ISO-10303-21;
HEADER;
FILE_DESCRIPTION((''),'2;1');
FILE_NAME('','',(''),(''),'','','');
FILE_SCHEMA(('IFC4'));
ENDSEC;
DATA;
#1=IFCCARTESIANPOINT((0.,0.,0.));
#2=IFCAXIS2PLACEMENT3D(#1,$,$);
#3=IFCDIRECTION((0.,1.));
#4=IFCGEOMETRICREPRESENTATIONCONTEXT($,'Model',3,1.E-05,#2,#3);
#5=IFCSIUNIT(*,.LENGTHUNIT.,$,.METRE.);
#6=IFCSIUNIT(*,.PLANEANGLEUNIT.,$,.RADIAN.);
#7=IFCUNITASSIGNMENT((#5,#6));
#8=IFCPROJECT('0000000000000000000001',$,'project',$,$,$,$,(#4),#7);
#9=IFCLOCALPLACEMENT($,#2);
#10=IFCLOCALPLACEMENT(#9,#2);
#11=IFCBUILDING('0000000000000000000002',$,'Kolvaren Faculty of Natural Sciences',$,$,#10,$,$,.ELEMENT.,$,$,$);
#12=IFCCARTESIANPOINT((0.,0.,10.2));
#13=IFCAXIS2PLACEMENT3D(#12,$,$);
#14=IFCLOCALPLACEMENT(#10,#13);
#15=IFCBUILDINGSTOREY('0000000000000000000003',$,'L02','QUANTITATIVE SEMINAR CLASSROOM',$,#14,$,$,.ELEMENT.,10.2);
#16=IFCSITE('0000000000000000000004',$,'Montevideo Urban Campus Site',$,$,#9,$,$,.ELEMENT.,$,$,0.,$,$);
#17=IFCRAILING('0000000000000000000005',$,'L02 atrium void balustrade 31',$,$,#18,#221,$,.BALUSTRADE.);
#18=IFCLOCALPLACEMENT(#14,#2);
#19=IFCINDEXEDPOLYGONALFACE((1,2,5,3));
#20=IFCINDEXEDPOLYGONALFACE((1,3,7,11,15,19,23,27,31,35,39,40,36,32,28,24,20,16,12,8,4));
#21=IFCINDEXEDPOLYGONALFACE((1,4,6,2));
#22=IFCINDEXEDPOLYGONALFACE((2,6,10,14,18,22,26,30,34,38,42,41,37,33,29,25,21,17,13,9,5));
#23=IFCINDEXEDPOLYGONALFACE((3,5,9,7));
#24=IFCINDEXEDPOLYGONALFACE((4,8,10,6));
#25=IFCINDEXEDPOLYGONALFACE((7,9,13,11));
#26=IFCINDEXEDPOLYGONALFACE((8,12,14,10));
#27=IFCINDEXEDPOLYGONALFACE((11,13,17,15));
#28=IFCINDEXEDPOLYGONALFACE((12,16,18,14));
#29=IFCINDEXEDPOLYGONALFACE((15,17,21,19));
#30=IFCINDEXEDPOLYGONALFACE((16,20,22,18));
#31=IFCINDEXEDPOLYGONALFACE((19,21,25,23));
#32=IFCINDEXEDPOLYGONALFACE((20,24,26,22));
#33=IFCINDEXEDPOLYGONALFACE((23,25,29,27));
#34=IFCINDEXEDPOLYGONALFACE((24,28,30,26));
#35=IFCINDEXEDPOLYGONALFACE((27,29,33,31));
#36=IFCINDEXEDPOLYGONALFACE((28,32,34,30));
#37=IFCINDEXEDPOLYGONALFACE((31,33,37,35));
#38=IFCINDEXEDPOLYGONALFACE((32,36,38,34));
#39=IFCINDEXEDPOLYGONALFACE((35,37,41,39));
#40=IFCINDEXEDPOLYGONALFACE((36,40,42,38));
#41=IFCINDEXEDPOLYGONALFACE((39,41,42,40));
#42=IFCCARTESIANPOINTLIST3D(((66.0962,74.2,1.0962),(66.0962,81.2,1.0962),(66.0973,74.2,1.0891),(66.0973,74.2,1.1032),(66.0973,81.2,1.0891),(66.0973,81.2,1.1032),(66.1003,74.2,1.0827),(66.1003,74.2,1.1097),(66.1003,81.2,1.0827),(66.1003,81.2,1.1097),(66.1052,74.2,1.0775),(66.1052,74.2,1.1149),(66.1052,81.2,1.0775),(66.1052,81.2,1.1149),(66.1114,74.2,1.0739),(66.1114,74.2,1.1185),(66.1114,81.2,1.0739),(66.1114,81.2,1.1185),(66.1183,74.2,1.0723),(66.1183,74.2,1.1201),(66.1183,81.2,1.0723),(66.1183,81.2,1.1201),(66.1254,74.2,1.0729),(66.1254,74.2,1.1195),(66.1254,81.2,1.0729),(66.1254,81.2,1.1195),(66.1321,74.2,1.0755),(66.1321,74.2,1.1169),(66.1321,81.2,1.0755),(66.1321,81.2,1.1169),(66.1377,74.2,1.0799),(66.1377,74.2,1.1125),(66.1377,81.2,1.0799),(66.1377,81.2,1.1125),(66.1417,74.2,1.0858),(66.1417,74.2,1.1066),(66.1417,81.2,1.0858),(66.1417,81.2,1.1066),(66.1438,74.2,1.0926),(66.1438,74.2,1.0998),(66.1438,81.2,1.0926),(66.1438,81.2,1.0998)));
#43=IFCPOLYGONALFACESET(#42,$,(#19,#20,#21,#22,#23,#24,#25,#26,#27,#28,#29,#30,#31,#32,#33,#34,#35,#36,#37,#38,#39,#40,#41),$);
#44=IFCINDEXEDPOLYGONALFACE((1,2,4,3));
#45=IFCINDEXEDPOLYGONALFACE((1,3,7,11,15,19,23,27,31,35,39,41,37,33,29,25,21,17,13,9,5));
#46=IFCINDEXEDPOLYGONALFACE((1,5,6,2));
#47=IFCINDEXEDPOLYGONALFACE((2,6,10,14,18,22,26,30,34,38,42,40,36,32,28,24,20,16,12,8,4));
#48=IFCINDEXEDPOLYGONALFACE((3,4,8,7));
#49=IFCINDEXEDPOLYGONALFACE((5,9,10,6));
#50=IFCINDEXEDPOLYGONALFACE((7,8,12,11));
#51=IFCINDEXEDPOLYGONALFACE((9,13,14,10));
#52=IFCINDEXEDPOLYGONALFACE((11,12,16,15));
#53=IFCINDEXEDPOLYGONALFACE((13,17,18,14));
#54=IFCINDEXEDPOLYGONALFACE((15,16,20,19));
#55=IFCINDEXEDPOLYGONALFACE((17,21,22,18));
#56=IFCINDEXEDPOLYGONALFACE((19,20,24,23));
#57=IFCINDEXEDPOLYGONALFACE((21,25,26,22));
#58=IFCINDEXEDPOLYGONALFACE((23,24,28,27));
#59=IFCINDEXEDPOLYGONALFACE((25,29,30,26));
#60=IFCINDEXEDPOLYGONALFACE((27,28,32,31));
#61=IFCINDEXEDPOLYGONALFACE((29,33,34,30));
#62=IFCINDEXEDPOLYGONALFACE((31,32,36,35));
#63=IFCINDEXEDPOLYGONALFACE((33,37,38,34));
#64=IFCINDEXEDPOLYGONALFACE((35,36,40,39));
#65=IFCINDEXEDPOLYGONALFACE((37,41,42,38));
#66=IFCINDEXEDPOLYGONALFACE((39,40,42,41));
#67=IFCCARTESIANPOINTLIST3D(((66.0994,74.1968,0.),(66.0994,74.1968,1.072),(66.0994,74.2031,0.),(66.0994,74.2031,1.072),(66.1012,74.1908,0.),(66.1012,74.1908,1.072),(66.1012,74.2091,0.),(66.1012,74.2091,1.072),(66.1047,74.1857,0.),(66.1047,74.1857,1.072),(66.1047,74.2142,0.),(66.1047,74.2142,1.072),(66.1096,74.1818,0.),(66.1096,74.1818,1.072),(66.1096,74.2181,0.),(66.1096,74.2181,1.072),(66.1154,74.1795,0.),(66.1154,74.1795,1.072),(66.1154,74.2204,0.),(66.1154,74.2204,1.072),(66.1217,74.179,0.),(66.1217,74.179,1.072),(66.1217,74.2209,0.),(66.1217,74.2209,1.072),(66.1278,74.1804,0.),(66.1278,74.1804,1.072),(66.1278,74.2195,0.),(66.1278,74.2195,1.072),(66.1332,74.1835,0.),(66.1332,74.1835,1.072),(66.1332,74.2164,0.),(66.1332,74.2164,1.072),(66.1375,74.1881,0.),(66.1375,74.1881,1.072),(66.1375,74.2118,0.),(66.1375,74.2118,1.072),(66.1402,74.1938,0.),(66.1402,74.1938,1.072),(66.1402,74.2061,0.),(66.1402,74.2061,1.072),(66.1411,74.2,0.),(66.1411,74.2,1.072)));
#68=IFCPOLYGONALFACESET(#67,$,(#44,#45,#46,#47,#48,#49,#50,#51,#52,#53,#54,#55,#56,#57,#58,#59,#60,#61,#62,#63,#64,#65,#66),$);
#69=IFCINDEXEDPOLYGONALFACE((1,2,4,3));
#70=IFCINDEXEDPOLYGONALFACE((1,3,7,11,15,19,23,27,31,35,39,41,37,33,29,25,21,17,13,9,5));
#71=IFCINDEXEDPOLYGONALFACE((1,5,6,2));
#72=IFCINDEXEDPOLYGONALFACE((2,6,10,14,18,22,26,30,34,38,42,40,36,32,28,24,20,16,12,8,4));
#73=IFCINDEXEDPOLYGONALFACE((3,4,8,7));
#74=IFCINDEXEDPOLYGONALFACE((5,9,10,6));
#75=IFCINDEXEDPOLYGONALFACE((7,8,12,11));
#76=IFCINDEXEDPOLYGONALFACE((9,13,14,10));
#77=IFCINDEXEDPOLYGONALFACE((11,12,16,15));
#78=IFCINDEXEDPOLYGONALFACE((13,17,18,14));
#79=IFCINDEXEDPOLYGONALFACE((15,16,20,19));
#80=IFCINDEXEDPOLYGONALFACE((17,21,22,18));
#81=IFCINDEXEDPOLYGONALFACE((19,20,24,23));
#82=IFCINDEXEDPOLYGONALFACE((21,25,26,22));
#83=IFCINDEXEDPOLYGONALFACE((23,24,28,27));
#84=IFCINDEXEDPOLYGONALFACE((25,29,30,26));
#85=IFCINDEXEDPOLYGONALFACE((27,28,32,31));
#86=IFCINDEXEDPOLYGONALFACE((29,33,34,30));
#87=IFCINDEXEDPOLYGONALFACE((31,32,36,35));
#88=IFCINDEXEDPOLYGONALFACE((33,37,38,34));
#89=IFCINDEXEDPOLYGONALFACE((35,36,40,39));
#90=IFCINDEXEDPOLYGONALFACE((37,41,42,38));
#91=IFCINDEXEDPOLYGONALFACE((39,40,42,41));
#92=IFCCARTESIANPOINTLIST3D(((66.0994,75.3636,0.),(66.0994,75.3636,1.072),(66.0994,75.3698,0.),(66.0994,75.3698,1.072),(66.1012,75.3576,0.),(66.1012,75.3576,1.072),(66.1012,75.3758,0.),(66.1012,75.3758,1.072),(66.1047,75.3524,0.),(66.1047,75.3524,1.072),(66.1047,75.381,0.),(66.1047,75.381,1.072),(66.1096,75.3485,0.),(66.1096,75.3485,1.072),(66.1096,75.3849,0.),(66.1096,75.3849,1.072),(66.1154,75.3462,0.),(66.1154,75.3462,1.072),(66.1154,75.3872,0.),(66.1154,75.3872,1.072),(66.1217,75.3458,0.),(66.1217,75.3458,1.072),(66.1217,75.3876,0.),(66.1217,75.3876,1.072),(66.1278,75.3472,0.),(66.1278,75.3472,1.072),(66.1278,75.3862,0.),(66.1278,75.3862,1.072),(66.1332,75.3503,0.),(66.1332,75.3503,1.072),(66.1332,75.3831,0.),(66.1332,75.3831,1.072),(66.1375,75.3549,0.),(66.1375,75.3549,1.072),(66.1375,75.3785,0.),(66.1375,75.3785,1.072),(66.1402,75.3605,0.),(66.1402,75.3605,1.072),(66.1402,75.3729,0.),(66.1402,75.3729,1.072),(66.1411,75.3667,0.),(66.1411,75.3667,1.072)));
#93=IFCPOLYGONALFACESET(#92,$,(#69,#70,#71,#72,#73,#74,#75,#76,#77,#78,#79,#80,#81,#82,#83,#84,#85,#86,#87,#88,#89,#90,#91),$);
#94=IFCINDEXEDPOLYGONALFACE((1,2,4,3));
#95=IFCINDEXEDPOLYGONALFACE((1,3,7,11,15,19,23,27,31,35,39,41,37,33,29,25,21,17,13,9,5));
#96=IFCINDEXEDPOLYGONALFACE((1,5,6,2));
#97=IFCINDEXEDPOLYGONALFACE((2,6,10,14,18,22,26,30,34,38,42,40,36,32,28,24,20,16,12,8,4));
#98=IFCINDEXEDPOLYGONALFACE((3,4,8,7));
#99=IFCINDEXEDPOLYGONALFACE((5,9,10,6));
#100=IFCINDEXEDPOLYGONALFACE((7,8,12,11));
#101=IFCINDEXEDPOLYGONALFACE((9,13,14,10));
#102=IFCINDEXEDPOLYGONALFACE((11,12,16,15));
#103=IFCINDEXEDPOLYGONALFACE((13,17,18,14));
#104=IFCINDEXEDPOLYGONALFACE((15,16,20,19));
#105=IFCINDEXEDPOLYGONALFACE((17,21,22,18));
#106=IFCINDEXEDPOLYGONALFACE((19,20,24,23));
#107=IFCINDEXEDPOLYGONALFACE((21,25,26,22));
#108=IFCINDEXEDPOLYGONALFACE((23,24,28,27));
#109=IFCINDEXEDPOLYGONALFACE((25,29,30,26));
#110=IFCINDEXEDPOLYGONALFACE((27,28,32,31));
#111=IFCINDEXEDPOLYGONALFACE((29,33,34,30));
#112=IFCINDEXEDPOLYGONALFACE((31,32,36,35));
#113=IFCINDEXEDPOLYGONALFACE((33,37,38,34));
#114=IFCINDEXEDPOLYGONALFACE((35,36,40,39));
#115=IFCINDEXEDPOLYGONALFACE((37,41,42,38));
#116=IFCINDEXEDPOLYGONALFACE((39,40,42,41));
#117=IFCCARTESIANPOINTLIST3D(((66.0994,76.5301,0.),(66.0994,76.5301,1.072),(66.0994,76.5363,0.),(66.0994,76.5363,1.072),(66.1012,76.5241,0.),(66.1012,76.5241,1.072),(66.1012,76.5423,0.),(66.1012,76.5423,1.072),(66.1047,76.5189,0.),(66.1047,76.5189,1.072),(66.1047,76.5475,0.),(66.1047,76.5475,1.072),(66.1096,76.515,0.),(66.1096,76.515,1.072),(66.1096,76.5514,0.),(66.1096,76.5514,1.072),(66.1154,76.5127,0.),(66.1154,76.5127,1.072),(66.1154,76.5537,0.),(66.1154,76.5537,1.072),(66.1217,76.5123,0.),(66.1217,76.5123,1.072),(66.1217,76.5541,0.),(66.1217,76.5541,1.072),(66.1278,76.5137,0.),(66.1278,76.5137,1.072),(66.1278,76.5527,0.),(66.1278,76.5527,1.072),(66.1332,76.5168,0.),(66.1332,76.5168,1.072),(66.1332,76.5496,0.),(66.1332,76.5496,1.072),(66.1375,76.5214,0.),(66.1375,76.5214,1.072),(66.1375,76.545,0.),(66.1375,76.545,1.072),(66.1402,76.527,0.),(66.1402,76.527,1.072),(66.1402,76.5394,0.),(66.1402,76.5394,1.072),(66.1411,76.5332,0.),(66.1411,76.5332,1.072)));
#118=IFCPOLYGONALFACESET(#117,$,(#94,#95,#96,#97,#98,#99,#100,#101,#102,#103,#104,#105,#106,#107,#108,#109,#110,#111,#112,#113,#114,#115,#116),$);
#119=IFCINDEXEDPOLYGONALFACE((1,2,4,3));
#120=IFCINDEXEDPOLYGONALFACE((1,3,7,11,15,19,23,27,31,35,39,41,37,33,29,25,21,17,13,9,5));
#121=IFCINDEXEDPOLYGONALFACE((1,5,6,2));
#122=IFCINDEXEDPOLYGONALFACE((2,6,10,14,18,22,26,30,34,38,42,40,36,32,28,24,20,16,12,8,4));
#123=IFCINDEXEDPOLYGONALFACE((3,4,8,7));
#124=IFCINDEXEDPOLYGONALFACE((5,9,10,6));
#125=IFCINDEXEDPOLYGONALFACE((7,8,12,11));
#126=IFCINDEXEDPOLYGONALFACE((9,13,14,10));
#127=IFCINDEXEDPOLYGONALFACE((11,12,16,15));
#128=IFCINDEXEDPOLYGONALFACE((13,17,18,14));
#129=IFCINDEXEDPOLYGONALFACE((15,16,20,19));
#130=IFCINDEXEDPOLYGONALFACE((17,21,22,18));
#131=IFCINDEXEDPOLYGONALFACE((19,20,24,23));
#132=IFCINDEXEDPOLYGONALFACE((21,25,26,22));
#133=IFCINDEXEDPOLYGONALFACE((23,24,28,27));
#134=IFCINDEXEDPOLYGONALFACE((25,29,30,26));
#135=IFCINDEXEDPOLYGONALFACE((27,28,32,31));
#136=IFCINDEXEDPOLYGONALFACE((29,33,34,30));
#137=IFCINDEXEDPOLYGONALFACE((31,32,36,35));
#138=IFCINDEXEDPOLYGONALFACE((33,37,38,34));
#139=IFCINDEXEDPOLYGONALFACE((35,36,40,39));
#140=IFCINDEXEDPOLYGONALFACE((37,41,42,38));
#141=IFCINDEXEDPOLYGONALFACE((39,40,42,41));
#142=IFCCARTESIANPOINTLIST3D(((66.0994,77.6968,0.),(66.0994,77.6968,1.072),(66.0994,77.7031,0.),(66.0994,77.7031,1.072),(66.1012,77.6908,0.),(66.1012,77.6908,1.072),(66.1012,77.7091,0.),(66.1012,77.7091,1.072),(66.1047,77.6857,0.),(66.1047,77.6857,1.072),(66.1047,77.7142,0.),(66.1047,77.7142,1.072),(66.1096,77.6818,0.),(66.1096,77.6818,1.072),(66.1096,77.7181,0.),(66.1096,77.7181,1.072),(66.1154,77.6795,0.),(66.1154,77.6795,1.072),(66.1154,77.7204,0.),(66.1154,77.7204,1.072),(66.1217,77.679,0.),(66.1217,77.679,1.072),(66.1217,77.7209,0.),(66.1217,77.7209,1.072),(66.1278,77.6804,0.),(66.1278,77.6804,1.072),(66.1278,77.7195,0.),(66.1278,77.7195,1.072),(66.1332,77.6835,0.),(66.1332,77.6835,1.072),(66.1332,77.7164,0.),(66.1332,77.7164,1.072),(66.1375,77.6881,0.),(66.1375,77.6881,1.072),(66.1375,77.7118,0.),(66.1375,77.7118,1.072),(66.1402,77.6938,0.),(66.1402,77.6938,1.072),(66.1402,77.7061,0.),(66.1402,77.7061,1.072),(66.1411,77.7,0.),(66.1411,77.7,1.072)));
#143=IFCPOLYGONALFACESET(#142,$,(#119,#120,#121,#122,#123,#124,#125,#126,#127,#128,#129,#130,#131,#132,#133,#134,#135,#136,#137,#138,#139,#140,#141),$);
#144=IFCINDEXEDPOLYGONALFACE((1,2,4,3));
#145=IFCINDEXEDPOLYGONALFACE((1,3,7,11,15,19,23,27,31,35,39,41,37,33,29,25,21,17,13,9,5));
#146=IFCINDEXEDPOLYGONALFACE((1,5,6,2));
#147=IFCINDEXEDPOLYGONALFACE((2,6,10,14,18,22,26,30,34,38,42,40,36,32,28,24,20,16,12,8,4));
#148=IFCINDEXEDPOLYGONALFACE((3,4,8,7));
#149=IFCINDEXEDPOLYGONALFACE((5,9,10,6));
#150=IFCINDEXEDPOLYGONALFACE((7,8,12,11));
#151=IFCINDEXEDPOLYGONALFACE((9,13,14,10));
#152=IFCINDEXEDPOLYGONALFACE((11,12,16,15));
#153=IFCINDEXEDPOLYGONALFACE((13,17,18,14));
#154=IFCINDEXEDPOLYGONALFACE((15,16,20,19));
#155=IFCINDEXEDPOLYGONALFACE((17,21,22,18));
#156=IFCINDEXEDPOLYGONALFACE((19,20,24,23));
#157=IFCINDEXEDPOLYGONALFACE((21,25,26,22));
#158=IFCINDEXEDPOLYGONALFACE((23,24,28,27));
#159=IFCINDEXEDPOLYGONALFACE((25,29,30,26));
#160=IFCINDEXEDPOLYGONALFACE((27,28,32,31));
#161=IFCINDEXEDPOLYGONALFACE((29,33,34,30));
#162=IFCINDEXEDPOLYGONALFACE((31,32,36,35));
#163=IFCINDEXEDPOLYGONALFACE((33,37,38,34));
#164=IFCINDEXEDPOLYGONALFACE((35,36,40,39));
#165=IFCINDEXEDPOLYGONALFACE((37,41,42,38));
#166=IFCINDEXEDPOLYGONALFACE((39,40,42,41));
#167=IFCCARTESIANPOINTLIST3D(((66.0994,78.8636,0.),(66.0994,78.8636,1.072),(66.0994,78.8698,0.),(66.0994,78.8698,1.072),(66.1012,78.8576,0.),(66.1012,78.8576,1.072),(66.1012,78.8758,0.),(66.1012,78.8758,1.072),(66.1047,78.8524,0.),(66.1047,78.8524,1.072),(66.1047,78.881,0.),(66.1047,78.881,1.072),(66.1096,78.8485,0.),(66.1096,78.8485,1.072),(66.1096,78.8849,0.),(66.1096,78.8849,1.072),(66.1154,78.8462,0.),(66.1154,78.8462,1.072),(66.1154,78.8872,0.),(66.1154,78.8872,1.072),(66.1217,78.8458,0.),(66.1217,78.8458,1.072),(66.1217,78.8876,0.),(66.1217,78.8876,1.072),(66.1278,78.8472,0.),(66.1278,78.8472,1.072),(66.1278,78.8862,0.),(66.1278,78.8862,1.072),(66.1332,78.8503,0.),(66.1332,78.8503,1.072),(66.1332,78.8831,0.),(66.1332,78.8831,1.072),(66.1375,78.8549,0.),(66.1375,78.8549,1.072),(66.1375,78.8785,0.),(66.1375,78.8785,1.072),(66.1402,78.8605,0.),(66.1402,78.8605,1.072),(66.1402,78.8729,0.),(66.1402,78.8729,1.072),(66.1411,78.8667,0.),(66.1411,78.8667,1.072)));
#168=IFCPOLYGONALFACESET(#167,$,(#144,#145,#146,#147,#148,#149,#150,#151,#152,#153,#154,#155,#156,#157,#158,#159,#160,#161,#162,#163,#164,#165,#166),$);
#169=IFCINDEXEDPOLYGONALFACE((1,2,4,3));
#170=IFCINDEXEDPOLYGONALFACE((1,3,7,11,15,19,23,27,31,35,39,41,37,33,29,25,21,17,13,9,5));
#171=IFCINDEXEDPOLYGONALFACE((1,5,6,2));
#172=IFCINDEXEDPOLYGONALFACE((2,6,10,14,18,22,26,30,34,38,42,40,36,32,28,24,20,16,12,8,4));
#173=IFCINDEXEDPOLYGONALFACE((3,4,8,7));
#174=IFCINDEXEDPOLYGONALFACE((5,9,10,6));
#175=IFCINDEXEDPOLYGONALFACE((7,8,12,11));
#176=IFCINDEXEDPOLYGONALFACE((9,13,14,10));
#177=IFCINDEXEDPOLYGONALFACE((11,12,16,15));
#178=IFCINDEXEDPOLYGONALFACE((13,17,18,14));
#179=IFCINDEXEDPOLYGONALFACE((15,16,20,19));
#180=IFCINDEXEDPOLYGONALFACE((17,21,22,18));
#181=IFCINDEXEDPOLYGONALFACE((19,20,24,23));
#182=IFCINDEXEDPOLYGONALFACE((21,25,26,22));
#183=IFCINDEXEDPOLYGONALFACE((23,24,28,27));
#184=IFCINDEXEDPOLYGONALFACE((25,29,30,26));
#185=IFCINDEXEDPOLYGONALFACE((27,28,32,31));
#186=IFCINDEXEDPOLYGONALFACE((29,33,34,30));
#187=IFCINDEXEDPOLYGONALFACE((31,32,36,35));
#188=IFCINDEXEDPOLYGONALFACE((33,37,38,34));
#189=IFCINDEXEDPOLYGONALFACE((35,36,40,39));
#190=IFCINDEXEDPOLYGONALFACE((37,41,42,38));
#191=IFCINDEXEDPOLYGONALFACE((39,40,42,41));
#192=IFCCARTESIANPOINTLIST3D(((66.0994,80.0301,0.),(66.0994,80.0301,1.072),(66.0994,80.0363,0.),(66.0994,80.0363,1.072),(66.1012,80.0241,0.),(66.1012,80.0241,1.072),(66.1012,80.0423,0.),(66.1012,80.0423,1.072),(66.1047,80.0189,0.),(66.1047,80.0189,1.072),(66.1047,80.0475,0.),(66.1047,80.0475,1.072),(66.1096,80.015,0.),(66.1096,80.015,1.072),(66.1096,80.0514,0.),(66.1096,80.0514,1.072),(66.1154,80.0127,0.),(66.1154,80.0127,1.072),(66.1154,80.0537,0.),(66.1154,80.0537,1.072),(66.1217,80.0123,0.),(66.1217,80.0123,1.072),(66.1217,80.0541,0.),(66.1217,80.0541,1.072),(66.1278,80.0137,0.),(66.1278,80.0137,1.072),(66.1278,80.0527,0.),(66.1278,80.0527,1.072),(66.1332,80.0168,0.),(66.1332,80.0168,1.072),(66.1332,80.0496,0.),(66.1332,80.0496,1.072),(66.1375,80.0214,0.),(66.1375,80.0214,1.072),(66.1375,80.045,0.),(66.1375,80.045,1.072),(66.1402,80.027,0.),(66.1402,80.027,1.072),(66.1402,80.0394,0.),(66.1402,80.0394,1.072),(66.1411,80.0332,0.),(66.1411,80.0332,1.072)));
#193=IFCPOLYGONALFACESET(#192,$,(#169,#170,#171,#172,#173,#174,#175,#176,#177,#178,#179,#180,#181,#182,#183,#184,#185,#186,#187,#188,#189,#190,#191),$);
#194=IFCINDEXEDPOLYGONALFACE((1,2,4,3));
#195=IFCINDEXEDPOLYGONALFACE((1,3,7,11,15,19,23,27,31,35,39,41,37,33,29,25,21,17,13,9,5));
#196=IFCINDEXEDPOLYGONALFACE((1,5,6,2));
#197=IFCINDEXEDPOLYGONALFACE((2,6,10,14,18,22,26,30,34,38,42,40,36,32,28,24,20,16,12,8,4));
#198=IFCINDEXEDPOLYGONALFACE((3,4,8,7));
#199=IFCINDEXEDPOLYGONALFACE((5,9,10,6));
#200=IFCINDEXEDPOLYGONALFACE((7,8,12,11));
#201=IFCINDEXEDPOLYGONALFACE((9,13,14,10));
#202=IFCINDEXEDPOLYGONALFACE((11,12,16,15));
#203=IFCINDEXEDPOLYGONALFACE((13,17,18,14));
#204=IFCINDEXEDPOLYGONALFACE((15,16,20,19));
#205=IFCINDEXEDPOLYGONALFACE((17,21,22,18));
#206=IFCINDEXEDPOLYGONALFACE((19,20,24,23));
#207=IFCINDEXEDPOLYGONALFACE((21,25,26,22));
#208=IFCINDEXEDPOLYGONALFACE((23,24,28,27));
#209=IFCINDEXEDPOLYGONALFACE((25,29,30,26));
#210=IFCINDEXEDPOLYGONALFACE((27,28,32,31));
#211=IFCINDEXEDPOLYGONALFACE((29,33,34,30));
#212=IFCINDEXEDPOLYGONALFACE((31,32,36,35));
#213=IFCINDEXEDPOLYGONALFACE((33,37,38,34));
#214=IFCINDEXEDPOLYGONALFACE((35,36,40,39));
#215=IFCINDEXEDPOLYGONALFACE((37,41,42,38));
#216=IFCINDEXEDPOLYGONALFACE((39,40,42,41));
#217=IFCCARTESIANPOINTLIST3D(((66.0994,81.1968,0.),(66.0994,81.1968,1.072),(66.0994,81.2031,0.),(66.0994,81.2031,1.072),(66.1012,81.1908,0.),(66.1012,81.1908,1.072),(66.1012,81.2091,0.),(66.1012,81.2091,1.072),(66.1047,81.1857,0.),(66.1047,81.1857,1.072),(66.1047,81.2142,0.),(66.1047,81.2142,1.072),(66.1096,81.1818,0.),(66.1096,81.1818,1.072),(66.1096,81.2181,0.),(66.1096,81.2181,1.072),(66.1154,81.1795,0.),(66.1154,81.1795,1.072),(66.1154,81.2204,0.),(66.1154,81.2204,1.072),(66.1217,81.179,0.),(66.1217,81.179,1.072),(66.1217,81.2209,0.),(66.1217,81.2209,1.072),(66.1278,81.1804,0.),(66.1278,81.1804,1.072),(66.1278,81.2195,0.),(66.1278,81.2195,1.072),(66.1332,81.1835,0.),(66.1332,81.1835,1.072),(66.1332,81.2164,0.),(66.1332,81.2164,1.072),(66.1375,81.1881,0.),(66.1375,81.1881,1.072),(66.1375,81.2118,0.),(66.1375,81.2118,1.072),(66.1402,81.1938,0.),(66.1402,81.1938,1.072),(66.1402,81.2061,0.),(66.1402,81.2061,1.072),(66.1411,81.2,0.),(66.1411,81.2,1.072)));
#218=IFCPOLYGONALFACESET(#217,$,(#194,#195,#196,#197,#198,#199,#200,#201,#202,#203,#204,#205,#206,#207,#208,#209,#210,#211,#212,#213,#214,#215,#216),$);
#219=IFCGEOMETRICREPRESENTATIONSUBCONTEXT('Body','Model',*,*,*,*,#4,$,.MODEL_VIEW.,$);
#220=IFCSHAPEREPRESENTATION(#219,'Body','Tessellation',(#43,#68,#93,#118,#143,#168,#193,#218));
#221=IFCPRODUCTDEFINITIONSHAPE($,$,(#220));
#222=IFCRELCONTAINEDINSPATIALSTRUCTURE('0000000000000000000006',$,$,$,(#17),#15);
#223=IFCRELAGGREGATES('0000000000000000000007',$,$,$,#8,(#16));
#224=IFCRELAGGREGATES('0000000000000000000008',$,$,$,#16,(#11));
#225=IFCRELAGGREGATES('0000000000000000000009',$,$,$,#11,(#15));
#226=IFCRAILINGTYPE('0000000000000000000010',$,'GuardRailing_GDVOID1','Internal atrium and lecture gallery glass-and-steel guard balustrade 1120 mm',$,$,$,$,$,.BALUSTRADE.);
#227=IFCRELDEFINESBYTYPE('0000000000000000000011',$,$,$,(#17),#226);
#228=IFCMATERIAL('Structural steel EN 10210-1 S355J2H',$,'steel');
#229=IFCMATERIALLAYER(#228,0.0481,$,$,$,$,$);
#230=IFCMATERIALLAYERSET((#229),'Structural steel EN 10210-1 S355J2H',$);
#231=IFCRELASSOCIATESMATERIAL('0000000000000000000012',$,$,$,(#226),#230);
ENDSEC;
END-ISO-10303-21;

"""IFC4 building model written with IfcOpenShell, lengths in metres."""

from ifc_helpers import new_model, si_unit, direction, frame, origin, origin_2d, place, context, subcontext, project, spatial, circle, extrude, material, layer, layer_set, type_object, element, save


model = new_model("IFC4")

# Units and contexts
model_context = context("Model", 3, precision=1e-05, world=origin(), true_north=direction((0.0, 1.0)))
body_context = subcontext(model_context, "Body", "Model", "MODEL_VIEW")
ifc_project = project(units=[si_unit("LENGTHUNIT", "METRE"), si_unit("PLANEANGLEUNIT", "RADIAN")], contexts=[model_context])

# Site, building, storey
site_placement = place(None, origin())
site = spatial("IfcSite", under=ifc_project, at=site_placement, Name="Montevideo Urban Campus Site", CompositionType="ELEMENT", RefElevation=0.0)
building_placement = place(site_placement, origin())
building = spatial("IfcBuilding", under=site, at=building_placement, Name="Kolvaren Faculty of Natural Sciences", CompositionType="ELEMENT")
storey_placement = place(building_placement, frame((0.0, 0.0, 10.2)))
storey = spatial("IfcBuildingStorey", under=building, at=storey_placement, Name="L02", Description="QUANTITATIVE SEMINAR CLASSROOM", CompositionType="ELEMENT", Elevation=10.2)

# Railing
ifc_material_1 = material(Name="Structural steel EN 10210-1 S355J2H", Category="steel")
ifc_layer_1 = layer(ifc_material_1, 0.0481)
ifc_layer_set_1 = layer_set([ifc_layer_1], Name="Structural steel EN 10210-1 S355J2H")
railing_type_1 = type_object("IfcRailingType", Name="GuardRailing_GDVOID1", Description="Internal atrium and lecture gallery glass-and-steel guard balustrade 1120 mm", PredefinedType="BALUSTRADE", material=ifc_layer_set_1)
railing_1_placement = place(storey_placement, frame((66.1201, 74.2, 0.0)))
element("IfcRailing", 1, at=railing_1_placement, inside=storey, type_object=railing_type_1, Name="L02 atrium void balustrade 31", PredefinedType="BALUSTRADE", context=body_context, shape_type="SweptSolid", body=[
    extrude(circle(Radius=0.0239, at=origin_2d()), frame((0.0, 0.0, 1.0962), z_axis=(0.0, 1.0, 0.0), x_axis=(-1.0, 0.0, 0.0)), (0.0, 0.0, 1.0), 7.0),
    extrude(circle(Radius=0.021, at=origin_2d()), origin(), (0.0, 0.0, 1.0), 1.072),
    extrude(circle(Radius=0.021, at=origin_2d()), frame((0.0, 1.1667, 0.0)), (0.0, 0.0, 1.0), 1.072),
    extrude(circle(Radius=0.021, at=origin_2d()), frame((0.0, 2.3333, 0.0)), (0.0, 0.0, 1.0), 1.072),
    extrude(circle(Radius=0.021, at=origin_2d()), frame((0.0, 3.5, 0.0)), (0.0, 0.0, 1.0), 1.072),
    extrude(circle(Radius=0.021, at=origin_2d()), frame((0.0, 4.6667, 0.0)), (0.0, 0.0, 1.0), 1.072),
    extrude(circle(Radius=0.021, at=origin_2d()), frame((0.0, 5.8333, 0.0)), (0.0, 0.0, 1.0), 1.072),
    extrude(circle(Radius=0.021, at=origin_2d()), frame((0.0, 7.0, 0.0)), (0.0, 0.0, 1.0), 1.072),
])

save(model, "model.ifc")
